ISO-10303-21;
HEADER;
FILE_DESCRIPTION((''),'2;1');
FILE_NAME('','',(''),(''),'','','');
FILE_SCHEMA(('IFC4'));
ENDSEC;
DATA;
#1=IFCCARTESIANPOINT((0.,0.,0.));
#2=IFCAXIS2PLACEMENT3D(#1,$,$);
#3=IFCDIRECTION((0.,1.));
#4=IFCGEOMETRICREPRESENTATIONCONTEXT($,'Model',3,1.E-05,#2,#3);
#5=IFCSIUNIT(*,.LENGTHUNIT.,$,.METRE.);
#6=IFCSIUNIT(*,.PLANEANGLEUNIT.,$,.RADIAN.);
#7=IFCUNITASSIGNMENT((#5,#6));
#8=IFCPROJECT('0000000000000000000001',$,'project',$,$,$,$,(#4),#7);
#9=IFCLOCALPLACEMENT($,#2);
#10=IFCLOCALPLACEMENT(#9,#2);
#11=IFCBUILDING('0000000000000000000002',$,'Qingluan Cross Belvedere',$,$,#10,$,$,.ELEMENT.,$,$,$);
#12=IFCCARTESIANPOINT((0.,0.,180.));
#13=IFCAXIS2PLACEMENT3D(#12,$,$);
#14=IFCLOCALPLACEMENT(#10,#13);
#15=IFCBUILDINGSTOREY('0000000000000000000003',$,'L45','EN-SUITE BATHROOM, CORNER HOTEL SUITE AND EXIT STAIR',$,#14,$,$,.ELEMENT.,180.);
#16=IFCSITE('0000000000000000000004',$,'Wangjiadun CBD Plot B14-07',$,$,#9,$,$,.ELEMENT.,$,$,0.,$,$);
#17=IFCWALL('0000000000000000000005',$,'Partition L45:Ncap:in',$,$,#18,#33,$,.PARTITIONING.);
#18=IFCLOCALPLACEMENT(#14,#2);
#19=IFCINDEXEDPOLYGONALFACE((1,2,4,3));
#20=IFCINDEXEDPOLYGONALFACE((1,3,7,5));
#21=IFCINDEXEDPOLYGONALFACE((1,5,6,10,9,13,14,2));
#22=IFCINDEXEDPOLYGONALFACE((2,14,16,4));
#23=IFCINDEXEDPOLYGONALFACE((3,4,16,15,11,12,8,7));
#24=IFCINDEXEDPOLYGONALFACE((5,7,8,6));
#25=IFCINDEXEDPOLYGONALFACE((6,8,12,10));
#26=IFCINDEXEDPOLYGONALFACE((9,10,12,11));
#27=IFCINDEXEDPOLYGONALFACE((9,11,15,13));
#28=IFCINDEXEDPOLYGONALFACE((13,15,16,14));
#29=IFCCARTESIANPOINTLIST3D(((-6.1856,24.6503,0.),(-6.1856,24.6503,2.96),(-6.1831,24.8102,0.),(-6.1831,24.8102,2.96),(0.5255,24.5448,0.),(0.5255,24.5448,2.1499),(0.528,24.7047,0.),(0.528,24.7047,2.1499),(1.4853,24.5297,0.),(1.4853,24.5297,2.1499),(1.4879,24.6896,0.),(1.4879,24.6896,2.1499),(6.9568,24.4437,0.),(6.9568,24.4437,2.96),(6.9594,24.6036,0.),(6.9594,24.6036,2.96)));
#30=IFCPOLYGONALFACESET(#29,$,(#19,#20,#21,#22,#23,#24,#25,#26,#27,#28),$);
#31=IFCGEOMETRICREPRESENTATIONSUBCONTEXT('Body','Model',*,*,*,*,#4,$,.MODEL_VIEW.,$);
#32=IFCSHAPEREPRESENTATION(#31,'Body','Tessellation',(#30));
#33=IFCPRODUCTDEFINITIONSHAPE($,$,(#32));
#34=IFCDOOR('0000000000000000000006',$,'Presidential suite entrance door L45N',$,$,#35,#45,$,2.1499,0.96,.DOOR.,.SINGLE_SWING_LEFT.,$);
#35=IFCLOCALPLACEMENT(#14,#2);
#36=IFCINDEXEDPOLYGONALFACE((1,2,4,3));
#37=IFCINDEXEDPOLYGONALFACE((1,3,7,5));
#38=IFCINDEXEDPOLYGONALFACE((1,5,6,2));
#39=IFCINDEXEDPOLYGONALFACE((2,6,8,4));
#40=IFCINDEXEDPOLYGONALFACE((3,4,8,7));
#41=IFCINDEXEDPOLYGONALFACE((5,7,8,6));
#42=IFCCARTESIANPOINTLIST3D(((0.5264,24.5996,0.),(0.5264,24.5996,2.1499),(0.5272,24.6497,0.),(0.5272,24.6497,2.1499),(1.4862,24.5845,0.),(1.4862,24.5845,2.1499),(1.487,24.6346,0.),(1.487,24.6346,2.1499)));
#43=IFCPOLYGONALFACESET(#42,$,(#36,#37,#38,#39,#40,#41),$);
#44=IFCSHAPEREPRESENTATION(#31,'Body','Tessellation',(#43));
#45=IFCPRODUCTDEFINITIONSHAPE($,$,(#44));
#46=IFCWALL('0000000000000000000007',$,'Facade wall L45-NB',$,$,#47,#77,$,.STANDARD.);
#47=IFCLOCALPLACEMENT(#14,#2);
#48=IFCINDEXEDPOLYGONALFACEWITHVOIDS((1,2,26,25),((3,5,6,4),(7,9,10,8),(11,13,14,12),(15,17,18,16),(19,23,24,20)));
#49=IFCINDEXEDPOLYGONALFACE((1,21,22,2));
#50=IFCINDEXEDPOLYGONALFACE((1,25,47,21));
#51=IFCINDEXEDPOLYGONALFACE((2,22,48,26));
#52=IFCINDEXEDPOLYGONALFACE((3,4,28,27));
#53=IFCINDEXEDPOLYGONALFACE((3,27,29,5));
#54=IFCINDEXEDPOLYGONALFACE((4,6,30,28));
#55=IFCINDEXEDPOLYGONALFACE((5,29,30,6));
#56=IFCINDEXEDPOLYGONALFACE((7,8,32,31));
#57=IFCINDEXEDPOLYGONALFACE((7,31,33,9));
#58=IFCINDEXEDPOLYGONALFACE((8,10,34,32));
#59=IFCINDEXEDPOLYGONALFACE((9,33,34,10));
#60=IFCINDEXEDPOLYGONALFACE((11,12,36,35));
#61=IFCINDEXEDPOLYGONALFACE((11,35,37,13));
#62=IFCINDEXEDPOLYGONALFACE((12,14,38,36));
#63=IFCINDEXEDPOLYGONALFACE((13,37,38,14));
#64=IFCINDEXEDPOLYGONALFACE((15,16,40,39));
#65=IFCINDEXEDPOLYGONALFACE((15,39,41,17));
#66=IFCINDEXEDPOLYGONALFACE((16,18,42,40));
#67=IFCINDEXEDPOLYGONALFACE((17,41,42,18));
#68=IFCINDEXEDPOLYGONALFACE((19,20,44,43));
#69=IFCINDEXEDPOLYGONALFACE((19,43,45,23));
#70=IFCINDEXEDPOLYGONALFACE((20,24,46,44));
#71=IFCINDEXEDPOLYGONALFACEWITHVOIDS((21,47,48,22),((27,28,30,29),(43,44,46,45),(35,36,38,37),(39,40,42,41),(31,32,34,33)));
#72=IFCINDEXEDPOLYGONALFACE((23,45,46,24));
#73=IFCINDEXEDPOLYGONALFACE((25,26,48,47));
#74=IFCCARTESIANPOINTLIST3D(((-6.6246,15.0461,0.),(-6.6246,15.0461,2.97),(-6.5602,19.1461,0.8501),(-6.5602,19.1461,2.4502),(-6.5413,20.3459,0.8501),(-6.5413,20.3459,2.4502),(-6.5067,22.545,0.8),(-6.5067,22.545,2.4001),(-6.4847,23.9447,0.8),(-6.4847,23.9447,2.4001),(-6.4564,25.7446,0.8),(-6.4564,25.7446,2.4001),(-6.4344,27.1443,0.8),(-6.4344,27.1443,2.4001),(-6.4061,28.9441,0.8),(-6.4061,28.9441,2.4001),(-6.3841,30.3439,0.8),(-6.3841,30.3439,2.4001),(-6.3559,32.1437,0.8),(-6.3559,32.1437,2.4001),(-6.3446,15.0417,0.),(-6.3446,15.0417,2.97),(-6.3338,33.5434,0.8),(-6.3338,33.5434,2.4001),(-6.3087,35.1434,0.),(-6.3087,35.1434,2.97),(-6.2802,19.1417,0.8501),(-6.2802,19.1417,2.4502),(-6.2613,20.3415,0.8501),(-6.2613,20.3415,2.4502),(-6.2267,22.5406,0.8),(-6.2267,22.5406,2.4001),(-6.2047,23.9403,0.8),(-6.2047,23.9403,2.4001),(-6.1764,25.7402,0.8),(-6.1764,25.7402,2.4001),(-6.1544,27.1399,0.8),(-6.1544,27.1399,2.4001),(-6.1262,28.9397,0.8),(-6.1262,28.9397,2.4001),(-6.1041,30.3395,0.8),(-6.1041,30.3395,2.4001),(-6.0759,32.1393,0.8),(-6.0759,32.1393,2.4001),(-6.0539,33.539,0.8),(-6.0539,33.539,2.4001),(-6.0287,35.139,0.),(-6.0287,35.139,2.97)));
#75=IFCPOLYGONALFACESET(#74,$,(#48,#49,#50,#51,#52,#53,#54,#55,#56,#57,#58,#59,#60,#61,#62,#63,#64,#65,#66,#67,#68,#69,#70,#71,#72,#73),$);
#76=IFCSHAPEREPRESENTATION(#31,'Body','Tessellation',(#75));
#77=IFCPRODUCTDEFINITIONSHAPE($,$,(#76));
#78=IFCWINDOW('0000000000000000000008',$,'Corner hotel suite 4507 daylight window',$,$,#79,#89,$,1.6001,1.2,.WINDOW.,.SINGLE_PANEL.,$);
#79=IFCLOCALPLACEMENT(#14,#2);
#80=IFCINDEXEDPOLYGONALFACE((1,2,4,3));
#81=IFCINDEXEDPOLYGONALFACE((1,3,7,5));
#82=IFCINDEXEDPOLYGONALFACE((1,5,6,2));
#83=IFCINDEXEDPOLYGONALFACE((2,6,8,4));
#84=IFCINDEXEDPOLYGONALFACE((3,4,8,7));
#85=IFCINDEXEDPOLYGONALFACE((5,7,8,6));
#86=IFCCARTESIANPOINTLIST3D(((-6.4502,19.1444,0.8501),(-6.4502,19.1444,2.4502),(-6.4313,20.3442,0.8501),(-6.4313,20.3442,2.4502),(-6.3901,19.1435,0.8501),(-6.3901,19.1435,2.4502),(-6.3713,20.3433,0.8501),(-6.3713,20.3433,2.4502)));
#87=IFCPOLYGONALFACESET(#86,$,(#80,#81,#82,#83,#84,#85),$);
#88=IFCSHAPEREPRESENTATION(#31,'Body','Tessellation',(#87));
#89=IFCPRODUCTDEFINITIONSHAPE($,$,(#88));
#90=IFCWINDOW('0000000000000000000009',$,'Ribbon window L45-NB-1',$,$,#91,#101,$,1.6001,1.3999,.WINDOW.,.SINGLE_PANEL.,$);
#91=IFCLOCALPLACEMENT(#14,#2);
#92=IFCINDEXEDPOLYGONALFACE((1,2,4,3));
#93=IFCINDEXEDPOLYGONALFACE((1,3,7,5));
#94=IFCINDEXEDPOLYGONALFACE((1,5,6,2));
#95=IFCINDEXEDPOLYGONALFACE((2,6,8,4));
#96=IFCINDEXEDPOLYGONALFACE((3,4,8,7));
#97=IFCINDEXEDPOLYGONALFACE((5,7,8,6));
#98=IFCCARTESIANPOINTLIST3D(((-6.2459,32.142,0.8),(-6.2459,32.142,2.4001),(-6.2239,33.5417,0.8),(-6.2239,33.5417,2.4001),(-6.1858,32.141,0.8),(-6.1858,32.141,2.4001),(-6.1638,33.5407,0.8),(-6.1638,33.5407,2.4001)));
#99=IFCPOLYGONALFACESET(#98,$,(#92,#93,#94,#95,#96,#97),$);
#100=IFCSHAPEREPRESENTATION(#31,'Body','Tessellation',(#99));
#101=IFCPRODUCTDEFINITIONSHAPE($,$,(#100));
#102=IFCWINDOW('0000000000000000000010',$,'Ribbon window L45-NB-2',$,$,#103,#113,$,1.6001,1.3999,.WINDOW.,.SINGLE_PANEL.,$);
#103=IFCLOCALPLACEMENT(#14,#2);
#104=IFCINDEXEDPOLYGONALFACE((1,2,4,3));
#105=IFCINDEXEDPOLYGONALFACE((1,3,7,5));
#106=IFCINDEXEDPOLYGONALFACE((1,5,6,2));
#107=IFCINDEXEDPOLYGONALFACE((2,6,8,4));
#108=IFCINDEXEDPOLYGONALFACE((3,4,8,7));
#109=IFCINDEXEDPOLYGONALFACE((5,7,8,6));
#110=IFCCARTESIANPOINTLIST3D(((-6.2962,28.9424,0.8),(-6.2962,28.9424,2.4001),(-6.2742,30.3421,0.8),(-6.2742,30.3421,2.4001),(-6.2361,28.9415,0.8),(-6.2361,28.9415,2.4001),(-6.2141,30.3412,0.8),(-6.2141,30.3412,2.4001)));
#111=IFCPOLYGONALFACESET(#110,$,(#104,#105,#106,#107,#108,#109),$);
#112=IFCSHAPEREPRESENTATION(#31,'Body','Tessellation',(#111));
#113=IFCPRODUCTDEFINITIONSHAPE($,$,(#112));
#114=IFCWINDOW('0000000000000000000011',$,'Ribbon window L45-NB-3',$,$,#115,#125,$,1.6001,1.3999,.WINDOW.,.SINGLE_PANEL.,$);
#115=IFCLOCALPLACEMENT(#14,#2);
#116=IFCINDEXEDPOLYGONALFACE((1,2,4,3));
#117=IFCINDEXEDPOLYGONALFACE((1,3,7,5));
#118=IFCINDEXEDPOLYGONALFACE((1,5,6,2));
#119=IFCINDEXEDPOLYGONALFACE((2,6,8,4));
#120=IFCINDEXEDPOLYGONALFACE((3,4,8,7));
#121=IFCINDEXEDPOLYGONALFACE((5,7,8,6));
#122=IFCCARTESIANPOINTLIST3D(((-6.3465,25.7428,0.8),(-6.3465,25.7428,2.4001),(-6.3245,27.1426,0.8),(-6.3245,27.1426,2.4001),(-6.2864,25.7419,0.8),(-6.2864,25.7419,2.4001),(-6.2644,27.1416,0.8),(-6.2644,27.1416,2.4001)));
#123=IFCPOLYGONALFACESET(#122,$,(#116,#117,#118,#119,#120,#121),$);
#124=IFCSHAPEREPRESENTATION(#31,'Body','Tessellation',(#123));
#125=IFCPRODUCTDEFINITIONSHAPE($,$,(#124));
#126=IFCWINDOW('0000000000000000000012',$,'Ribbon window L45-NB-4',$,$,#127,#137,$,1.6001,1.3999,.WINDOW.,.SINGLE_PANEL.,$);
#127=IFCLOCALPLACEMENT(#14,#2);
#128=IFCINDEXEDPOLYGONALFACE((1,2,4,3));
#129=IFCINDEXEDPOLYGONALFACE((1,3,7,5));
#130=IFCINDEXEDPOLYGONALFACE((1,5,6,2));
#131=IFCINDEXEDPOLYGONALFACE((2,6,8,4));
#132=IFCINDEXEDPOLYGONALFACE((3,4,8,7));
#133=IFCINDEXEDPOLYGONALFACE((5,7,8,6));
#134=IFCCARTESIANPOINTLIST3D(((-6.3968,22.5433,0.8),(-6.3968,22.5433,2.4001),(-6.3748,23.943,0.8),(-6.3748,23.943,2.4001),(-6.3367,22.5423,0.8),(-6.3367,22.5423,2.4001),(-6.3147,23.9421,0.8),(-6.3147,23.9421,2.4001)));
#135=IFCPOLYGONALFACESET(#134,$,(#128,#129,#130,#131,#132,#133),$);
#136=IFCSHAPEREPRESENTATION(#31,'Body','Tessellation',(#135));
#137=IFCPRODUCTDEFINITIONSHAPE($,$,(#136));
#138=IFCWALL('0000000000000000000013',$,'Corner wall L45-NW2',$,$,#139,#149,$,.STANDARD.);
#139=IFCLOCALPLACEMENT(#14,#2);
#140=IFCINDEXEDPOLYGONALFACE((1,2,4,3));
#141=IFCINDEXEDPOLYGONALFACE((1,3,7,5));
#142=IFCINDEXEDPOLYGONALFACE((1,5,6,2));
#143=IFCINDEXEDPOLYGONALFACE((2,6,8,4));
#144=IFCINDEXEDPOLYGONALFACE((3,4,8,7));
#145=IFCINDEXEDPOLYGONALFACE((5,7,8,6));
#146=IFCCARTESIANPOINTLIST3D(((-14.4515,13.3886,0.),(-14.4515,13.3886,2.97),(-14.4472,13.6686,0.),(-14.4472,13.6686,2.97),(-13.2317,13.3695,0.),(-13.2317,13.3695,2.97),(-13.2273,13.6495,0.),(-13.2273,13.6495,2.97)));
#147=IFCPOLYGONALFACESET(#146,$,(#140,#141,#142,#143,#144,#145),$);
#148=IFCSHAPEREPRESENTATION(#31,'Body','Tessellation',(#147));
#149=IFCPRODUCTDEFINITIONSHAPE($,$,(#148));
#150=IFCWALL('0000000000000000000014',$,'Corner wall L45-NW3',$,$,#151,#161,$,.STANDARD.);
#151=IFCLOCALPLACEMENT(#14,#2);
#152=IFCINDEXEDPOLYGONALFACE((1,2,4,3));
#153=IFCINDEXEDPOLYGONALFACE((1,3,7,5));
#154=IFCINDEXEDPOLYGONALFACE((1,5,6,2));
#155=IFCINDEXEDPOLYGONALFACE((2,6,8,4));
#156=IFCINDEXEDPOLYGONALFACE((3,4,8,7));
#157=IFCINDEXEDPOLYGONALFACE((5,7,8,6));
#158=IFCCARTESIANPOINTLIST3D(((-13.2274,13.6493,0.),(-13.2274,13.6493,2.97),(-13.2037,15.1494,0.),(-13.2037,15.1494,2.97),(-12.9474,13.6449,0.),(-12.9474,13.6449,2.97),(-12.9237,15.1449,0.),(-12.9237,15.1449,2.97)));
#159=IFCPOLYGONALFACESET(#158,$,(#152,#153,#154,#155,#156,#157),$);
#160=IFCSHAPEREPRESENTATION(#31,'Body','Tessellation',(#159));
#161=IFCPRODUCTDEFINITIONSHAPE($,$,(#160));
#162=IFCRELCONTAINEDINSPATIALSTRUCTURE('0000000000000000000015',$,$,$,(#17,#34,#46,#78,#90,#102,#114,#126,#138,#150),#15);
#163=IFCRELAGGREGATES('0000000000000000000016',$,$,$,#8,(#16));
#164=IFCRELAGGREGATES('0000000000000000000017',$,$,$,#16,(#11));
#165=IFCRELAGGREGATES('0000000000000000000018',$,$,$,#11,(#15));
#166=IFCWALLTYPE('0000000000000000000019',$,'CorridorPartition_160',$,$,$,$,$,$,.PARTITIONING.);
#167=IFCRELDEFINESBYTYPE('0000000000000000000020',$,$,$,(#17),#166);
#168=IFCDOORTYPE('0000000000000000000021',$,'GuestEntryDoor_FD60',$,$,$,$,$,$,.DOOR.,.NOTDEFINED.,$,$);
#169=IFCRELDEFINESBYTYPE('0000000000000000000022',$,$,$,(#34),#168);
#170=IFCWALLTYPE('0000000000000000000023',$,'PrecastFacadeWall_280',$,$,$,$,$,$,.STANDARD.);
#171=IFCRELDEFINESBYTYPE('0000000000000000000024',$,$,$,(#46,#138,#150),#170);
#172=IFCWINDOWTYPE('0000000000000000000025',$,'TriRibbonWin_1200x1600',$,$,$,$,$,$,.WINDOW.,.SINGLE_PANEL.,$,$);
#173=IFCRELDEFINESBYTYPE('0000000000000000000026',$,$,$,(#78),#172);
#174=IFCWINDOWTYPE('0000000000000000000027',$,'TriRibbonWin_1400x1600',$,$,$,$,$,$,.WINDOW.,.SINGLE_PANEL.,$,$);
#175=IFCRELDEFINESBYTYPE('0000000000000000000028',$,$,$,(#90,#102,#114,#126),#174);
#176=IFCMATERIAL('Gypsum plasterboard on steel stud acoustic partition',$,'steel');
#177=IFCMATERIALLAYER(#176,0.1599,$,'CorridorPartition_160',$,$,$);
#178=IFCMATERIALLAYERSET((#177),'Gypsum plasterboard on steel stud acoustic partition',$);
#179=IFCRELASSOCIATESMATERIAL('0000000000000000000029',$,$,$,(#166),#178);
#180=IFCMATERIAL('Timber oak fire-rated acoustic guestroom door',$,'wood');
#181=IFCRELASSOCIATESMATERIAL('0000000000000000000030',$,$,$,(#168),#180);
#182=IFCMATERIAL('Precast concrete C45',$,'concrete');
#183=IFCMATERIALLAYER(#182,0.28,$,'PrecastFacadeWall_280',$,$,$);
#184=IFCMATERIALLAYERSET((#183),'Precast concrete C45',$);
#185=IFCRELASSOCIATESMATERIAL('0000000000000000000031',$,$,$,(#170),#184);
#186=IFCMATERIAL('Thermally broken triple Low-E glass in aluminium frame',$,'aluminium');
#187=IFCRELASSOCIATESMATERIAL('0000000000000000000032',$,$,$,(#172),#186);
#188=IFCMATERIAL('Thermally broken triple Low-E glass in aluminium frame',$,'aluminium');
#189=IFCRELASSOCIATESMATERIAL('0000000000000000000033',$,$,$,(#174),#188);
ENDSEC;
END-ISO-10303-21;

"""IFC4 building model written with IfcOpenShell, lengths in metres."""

from ifc_helpers import new_model, si_unit, direction, frame, frame_2d, origin, place, context, subcontext, project, spatial, rectangle, extrude, material, layer, layer_set, type_object, element, fill, save


model = new_model("IFC4")

# Units and contexts
model_context = context("Model", 3, precision=1e-05, world=origin(), true_north=direction((0.0, 1.0)))
body_context = subcontext(model_context, "Body", "Model", "MODEL_VIEW")
ifc_project = project(units=[si_unit("LENGTHUNIT", "METRE"), si_unit("PLANEANGLEUNIT", "RADIAN")], contexts=[model_context])

# Site, building, storey
site_placement = place(None, origin())
site = spatial("IfcSite", under=ifc_project, at=site_placement, Name="Wangjiadun CBD Plot B14-07", CompositionType="ELEMENT", RefElevation=0.0)
building_placement = place(site_placement, origin())
building = spatial("IfcBuilding", under=site, at=building_placement, Name="Qingluan Cross Belvedere", CompositionType="ELEMENT")
storey_placement = place(building_placement, frame((0.0, 0.0, 180.0)))
storey = spatial("IfcBuildingStorey", under=building, at=storey_placement, Name="L45", Description="EN-SUITE BATHROOM, CORNER HOTEL SUITE AND EXIT STAIR", CompositionType="ELEMENT", Elevation=180.0)

# Shared definitions
ifc_material_1 = material(Name="Gypsum plasterboard on steel stud acoustic partition", Category="steel")
ifc_layer_1 = layer(ifc_material_1, 0.1599, Name="CorridorPartition_160")
ifc_layer_set_1 = layer_set([ifc_layer_1], Name="Gypsum plasterboard on steel stud acoustic partition")
wall_type_1 = type_object("IfcWallType", Name="CorridorPartition_160", PredefinedType="PARTITIONING", material=ifc_layer_set_1)

# Wall, opening, door
wall_1_placement = place(storey_placement, frame((-6.1843, 24.7302, 0.0), z_axis=(0.0, 0.0, 1.0), x_axis=(0.999877, -0.015714, 0.0)))
wall_1 = element("IfcWall", 1, at=wall_1_placement, inside=storey, type_object=wall_type_1, Name="Partition L45:Ncap:in", PredefinedType="PARTITIONING", context=body_context, shape_type="SweptSolid", body=[
    extrude(rectangle(XDim=13.144, YDim=0.1599, at=frame_2d((6.572, 0.0))), origin(), (0.0, 0.0, 1.0), 2.96),
])
opening_1_placement = place(wall_1_placement, frame((6.7119, 0.0, 0.0)))
opening_1 = element("IfcOpeningElement", 2, at=opening_1_placement, cuts=wall_1, PredefinedType="OPENING", context=body_context, shape_type="SweptSolid", body=[
    extrude(rectangle(XDim=0.96, YDim=2.1499, at=frame_2d((0.48, 1.075))), frame((0.0, 0.0898, 0.0), z_axis=(0.0, -1.0, 0.0), x_axis=(1.0, 0.0, 0.0)), (0.0, 0.0, 1.0), 0.1799),
])
ifc_material_2 = material(Name="Timber oak fire-rated acoustic guestroom door", Category="wood")
door_type = type_object("IfcDoorType", Name="GuestEntryDoor_FD60", OperationType="NOTDEFINED", PredefinedType="DOOR", material=ifc_material_2)
door_placement = place(opening_1_placement, origin())
door = element("IfcDoor", 3, at=door_placement, inside=storey, type_object=door_type, Name="Presidential suite entrance door L45N", OperationType="SINGLE_SWING_LEFT", OverallHeight=2.1499, OverallWidth=0.96, PredefinedType="DOOR", context=body_context, shape_type="SweptSolid", body=[
    extrude(rectangle(XDim=0.96, YDim=2.1499, at=frame_2d((0.48, 1.075))), frame((0.0, 0.0249, 0.0), z_axis=(0.0, -1.0, 0.0), x_axis=(1.0, 0.0, 0.0)), (0.0, 0.0, 1.0), 0.05),
])
fill(opening_1, door)

# Wall, openings, windows
ifc_material_3 = material(Name="Precast concrete C45", Category="concrete")
ifc_layer_2 = layer(ifc_material_3, 0.28, Name="PrecastFacadeWall_280")
ifc_layer_set_2 = layer_set([ifc_layer_2], Name="Precast concrete C45")
wall_type_2 = type_object("IfcWallType", Name="PrecastFacadeWall_280", PredefinedType="STANDARD", material=ifc_layer_set_2)
wall_2_placement = place(storey_placement, frame((-6.1687, 35.1411, 0.0), z_axis=(0.0, 0.0, 1.0), x_axis=(-0.015717, -0.999876, 0.0)))
wall_2 = element("IfcWall", 4, at=wall_2_placement, inside=storey, type_object=wall_type_2, Name="Facade wall L45-NB", PredefinedType="STANDARD", context=body_context, shape_type="SweptSolid", body=[
    extrude(rectangle(XDim=20.0999, YDim=0.28, at=frame_2d((10.0498, 0.0))), origin(), (0.0, 0.0, 1.0), 2.97),
])
opening_2_placement = place(wall_2_placement, frame((1.6001, 0.0, 0.8)))
opening_2 = element("IfcOpeningElement", 5, at=opening_2_placement, cuts=wall_2, PredefinedType="OPENING", context=body_context, shape_type="SweptSolid", body=[
    extrude(rectangle(XDim=1.3999, YDim=1.6001, at=frame_2d((0.7, 0.8))), frame((0.0, 0.1499, 0.0), z_axis=(0.0, -1.0, 0.0), x_axis=(1.0, 0.0, 0.0)), (0.0, 0.0, 1.0), 0.3),
])
opening_3_placement = place(wall_2_placement, frame((4.8, 0.0, 0.8)))
opening_3 = element("IfcOpeningElement", 6, at=opening_3_placement, cuts=wall_2, PredefinedType="OPENING", context=body_context, shape_type="SweptSolid", body=[
    extrude(rectangle(XDim=1.3999, YDim=1.6001, at=frame_2d((0.7, 0.8))), frame((0.0, 0.1499, 0.0), z_axis=(0.0, -1.0, 0.0), x_axis=(1.0, 0.0, 0.0)), (0.0, 0.0, 1.0), 0.3),
])
opening_4_placement = place(wall_2_placement, frame((8.0, 0.0, 0.8)))
opening_4 = element("IfcOpeningElement", 7, at=opening_4_placement, cuts=wall_2, PredefinedType="OPENING", context=body_context, shape_type="SweptSolid", body=[
    extrude(rectangle(XDim=1.3999, YDim=1.6001, at=frame_2d((0.7, 0.8))), frame((0.0, 0.1499, 0.0), z_axis=(0.0, -1.0, 0.0), x_axis=(1.0, 0.0, 0.0)), (0.0, 0.0, 1.0), 0.3),
])
opening_5_placement = place(wall_2_placement, frame((11.2, 0.0, 0.8)))
opening_5 = element("IfcOpeningElement", 8, at=opening_5_placement, cuts=wall_2, PredefinedType="OPENING", context=body_context, shape_type="SweptSolid", body=[
    extrude(rectangle(XDim=1.3999, YDim=1.6001, at=frame_2d((0.7, 0.8))), frame((0.0, 0.1499, 0.0), z_axis=(0.0, -1.0, 0.0), x_axis=(1.0, 0.0, 0.0)), (0.0, 0.0, 1.0), 0.3),
])
opening_6_placement = place(wall_2_placement, frame((14.7991, 0.0, 0.8501)))
opening_6 = element("IfcOpeningElement", 9, at=opening_6_placement, cuts=wall_2, PredefinedType="OPENING", context=body_context, shape_type="SweptSolid", body=[
    extrude(rectangle(XDim=1.2, YDim=1.6001, at=frame_2d((0.6001, 0.8))), frame((0.0, 0.1499, 0.0), z_axis=(0.0, -1.0, 0.0), x_axis=(1.0, 0.0, 0.0)), (0.0, 0.0, 1.0), 0.3),
])
ifc_material_4 = material(Name="Thermally broken triple Low-E glass in aluminium frame", Category="aluminium")
window_type_1 = type_object("IfcWindowType", Name="TriRibbonWin_1200x1600", PartitioningType="SINGLE_PANEL", PredefinedType="WINDOW", material=ifc_material_4)
window_1_placement = place(opening_6_placement, origin())
window_1 = element("IfcWindow", 10, at=window_1_placement, inside=storey, type_object=window_type_1, Name="Corner hotel suite 4507 daylight window", OverallHeight=1.6001, OverallWidth=1.2, PartitioningType="SINGLE_PANEL", PredefinedType="WINDOW", context=body_context, shape_type="SweptSolid", body=[
    extrude(rectangle(XDim=1.2, YDim=1.6001, at=frame_2d((0.6001, 0.8))), frame((0.0, 0.03, 0.0), z_axis=(0.0, -1.0, 0.0), x_axis=(1.0, 0.0, 0.0)), (0.0, 0.0, 1.0), 0.0601),
])
fill(opening_6, window_1)
ifc_material_5 = material(Name="Thermally broken triple Low-E glass in aluminium frame", Category="aluminium")
window_type_2 = type_object("IfcWindowType", Name="TriRibbonWin_1400x1600", PartitioningType="SINGLE_PANEL", PredefinedType="WINDOW", material=ifc_material_5)
window_2_placement = place(opening_2_placement, origin())
window_2 = element("IfcWindow", 11, at=window_2_placement, inside=storey, type_object=window_type_2, Name="Ribbon window L45-NB-1", OverallHeight=1.6001, OverallWidth=1.3999, PartitioningType="SINGLE_PANEL", PredefinedType="WINDOW", context=body_context, shape_type="SweptSolid", body=[
    extrude(rectangle(XDim=1.3999, YDim=1.6001, at=frame_2d((0.7, 0.8))), frame((0.0, 0.03, 0.0), z_axis=(0.0, -1.0, 0.0), x_axis=(1.0, 0.0, 0.0)), (0.0, 0.0, 1.0), 0.0601),
])
fill(opening_2, window_2)
window_3_placement = place(opening_3_placement, origin())
window_3 = element("IfcWindow", 12, at=window_3_placement, inside=storey, type_object=window_type_2, Name="Ribbon window L45-NB-2", OverallHeight=1.6001, OverallWidth=1.3999, PartitioningType="SINGLE_PANEL", PredefinedType="WINDOW", context=body_context, shape_type="SweptSolid", body=[
    extrude(rectangle(XDim=1.3999, YDim=1.6001, at=frame_2d((0.7, 0.8))), frame((0.0, 0.03, 0.0), z_axis=(0.0, -1.0, 0.0), x_axis=(1.0, 0.0, 0.0)), (0.0, 0.0, 1.0), 0.0601),
])
fill(opening_3, window_3)
window_4_placement = place(opening_4_placement, origin())
window_4 = element("IfcWindow", 13, at=window_4_placement, inside=storey, type_object=window_type_2, Name="Ribbon window L45-NB-3", OverallHeight=1.6001, OverallWidth=1.3999, PartitioningType="SINGLE_PANEL", PredefinedType="WINDOW", context=body_context, shape_type="SweptSolid", body=[
    extrude(rectangle(XDim=1.3999, YDim=1.6001, at=frame_2d((0.7, 0.8))), frame((0.0, 0.03, 0.0), z_axis=(0.0, -1.0, 0.0), x_axis=(1.0, 0.0, 0.0)), (0.0, 0.0, 1.0), 0.0601),
])
fill(opening_4, window_4)
window_5_placement = place(opening_5_placement, origin())
window_5 = element("IfcWindow", 14, at=window_5_placement, inside=storey, type_object=window_type_2, Name="Ribbon window L45-NB-4", OverallHeight=1.6001, OverallWidth=1.3999, PartitioningType="SINGLE_PANEL", PredefinedType="WINDOW", context=body_context, shape_type="SweptSolid", body=[
    extrude(rectangle(XDim=1.3999, YDim=1.6001, at=frame_2d((0.7, 0.8))), frame((0.0, 0.03, 0.0), z_axis=(0.0, -1.0, 0.0), x_axis=(1.0, 0.0, 0.0)), (0.0, 0.0, 1.0), 0.0601),
])
fill(opening_5, window_5)

# Walls
wall_3_placement = place(storey_placement, frame((-14.4492, 13.5286, 0.0), z_axis=(0.0, 0.0, 1.0), x_axis=(0.999878, -0.015611, 0.0)))
element("IfcWall", 15, at=wall_3_placement, inside=storey, type_object=wall_type_2, Name="Corner wall L45-NW2", PredefinedType="STANDARD", context=body_context, shape_type="SweptSolid", body=[
    extrude(rectangle(XDim=1.22, YDim=0.28, at=frame_2d((0.6099, 0.0))), origin(), (0.0, 0.0, 1.0), 2.97),
])
wall_4_placement = place(storey_placement, frame((-13.0874, 13.6472, 0.0), z_axis=(0.0, 0.0, 1.0), x_axis=(0.015786, 0.999875, 0.0)))
element("IfcWall", 16, at=wall_4_placement, inside=storey, type_object=wall_type_2, Name="Corner wall L45-NW3", PredefinedType="STANDARD", context=body_context, shape_type="SweptSolid", body=[
    extrude(rectangle(XDim=1.5002, YDim=0.28, at=frame_2d((0.75, 0.0))), origin(), (0.0, 0.0, 1.0), 2.97),
])

save(model, "model.ifc")
